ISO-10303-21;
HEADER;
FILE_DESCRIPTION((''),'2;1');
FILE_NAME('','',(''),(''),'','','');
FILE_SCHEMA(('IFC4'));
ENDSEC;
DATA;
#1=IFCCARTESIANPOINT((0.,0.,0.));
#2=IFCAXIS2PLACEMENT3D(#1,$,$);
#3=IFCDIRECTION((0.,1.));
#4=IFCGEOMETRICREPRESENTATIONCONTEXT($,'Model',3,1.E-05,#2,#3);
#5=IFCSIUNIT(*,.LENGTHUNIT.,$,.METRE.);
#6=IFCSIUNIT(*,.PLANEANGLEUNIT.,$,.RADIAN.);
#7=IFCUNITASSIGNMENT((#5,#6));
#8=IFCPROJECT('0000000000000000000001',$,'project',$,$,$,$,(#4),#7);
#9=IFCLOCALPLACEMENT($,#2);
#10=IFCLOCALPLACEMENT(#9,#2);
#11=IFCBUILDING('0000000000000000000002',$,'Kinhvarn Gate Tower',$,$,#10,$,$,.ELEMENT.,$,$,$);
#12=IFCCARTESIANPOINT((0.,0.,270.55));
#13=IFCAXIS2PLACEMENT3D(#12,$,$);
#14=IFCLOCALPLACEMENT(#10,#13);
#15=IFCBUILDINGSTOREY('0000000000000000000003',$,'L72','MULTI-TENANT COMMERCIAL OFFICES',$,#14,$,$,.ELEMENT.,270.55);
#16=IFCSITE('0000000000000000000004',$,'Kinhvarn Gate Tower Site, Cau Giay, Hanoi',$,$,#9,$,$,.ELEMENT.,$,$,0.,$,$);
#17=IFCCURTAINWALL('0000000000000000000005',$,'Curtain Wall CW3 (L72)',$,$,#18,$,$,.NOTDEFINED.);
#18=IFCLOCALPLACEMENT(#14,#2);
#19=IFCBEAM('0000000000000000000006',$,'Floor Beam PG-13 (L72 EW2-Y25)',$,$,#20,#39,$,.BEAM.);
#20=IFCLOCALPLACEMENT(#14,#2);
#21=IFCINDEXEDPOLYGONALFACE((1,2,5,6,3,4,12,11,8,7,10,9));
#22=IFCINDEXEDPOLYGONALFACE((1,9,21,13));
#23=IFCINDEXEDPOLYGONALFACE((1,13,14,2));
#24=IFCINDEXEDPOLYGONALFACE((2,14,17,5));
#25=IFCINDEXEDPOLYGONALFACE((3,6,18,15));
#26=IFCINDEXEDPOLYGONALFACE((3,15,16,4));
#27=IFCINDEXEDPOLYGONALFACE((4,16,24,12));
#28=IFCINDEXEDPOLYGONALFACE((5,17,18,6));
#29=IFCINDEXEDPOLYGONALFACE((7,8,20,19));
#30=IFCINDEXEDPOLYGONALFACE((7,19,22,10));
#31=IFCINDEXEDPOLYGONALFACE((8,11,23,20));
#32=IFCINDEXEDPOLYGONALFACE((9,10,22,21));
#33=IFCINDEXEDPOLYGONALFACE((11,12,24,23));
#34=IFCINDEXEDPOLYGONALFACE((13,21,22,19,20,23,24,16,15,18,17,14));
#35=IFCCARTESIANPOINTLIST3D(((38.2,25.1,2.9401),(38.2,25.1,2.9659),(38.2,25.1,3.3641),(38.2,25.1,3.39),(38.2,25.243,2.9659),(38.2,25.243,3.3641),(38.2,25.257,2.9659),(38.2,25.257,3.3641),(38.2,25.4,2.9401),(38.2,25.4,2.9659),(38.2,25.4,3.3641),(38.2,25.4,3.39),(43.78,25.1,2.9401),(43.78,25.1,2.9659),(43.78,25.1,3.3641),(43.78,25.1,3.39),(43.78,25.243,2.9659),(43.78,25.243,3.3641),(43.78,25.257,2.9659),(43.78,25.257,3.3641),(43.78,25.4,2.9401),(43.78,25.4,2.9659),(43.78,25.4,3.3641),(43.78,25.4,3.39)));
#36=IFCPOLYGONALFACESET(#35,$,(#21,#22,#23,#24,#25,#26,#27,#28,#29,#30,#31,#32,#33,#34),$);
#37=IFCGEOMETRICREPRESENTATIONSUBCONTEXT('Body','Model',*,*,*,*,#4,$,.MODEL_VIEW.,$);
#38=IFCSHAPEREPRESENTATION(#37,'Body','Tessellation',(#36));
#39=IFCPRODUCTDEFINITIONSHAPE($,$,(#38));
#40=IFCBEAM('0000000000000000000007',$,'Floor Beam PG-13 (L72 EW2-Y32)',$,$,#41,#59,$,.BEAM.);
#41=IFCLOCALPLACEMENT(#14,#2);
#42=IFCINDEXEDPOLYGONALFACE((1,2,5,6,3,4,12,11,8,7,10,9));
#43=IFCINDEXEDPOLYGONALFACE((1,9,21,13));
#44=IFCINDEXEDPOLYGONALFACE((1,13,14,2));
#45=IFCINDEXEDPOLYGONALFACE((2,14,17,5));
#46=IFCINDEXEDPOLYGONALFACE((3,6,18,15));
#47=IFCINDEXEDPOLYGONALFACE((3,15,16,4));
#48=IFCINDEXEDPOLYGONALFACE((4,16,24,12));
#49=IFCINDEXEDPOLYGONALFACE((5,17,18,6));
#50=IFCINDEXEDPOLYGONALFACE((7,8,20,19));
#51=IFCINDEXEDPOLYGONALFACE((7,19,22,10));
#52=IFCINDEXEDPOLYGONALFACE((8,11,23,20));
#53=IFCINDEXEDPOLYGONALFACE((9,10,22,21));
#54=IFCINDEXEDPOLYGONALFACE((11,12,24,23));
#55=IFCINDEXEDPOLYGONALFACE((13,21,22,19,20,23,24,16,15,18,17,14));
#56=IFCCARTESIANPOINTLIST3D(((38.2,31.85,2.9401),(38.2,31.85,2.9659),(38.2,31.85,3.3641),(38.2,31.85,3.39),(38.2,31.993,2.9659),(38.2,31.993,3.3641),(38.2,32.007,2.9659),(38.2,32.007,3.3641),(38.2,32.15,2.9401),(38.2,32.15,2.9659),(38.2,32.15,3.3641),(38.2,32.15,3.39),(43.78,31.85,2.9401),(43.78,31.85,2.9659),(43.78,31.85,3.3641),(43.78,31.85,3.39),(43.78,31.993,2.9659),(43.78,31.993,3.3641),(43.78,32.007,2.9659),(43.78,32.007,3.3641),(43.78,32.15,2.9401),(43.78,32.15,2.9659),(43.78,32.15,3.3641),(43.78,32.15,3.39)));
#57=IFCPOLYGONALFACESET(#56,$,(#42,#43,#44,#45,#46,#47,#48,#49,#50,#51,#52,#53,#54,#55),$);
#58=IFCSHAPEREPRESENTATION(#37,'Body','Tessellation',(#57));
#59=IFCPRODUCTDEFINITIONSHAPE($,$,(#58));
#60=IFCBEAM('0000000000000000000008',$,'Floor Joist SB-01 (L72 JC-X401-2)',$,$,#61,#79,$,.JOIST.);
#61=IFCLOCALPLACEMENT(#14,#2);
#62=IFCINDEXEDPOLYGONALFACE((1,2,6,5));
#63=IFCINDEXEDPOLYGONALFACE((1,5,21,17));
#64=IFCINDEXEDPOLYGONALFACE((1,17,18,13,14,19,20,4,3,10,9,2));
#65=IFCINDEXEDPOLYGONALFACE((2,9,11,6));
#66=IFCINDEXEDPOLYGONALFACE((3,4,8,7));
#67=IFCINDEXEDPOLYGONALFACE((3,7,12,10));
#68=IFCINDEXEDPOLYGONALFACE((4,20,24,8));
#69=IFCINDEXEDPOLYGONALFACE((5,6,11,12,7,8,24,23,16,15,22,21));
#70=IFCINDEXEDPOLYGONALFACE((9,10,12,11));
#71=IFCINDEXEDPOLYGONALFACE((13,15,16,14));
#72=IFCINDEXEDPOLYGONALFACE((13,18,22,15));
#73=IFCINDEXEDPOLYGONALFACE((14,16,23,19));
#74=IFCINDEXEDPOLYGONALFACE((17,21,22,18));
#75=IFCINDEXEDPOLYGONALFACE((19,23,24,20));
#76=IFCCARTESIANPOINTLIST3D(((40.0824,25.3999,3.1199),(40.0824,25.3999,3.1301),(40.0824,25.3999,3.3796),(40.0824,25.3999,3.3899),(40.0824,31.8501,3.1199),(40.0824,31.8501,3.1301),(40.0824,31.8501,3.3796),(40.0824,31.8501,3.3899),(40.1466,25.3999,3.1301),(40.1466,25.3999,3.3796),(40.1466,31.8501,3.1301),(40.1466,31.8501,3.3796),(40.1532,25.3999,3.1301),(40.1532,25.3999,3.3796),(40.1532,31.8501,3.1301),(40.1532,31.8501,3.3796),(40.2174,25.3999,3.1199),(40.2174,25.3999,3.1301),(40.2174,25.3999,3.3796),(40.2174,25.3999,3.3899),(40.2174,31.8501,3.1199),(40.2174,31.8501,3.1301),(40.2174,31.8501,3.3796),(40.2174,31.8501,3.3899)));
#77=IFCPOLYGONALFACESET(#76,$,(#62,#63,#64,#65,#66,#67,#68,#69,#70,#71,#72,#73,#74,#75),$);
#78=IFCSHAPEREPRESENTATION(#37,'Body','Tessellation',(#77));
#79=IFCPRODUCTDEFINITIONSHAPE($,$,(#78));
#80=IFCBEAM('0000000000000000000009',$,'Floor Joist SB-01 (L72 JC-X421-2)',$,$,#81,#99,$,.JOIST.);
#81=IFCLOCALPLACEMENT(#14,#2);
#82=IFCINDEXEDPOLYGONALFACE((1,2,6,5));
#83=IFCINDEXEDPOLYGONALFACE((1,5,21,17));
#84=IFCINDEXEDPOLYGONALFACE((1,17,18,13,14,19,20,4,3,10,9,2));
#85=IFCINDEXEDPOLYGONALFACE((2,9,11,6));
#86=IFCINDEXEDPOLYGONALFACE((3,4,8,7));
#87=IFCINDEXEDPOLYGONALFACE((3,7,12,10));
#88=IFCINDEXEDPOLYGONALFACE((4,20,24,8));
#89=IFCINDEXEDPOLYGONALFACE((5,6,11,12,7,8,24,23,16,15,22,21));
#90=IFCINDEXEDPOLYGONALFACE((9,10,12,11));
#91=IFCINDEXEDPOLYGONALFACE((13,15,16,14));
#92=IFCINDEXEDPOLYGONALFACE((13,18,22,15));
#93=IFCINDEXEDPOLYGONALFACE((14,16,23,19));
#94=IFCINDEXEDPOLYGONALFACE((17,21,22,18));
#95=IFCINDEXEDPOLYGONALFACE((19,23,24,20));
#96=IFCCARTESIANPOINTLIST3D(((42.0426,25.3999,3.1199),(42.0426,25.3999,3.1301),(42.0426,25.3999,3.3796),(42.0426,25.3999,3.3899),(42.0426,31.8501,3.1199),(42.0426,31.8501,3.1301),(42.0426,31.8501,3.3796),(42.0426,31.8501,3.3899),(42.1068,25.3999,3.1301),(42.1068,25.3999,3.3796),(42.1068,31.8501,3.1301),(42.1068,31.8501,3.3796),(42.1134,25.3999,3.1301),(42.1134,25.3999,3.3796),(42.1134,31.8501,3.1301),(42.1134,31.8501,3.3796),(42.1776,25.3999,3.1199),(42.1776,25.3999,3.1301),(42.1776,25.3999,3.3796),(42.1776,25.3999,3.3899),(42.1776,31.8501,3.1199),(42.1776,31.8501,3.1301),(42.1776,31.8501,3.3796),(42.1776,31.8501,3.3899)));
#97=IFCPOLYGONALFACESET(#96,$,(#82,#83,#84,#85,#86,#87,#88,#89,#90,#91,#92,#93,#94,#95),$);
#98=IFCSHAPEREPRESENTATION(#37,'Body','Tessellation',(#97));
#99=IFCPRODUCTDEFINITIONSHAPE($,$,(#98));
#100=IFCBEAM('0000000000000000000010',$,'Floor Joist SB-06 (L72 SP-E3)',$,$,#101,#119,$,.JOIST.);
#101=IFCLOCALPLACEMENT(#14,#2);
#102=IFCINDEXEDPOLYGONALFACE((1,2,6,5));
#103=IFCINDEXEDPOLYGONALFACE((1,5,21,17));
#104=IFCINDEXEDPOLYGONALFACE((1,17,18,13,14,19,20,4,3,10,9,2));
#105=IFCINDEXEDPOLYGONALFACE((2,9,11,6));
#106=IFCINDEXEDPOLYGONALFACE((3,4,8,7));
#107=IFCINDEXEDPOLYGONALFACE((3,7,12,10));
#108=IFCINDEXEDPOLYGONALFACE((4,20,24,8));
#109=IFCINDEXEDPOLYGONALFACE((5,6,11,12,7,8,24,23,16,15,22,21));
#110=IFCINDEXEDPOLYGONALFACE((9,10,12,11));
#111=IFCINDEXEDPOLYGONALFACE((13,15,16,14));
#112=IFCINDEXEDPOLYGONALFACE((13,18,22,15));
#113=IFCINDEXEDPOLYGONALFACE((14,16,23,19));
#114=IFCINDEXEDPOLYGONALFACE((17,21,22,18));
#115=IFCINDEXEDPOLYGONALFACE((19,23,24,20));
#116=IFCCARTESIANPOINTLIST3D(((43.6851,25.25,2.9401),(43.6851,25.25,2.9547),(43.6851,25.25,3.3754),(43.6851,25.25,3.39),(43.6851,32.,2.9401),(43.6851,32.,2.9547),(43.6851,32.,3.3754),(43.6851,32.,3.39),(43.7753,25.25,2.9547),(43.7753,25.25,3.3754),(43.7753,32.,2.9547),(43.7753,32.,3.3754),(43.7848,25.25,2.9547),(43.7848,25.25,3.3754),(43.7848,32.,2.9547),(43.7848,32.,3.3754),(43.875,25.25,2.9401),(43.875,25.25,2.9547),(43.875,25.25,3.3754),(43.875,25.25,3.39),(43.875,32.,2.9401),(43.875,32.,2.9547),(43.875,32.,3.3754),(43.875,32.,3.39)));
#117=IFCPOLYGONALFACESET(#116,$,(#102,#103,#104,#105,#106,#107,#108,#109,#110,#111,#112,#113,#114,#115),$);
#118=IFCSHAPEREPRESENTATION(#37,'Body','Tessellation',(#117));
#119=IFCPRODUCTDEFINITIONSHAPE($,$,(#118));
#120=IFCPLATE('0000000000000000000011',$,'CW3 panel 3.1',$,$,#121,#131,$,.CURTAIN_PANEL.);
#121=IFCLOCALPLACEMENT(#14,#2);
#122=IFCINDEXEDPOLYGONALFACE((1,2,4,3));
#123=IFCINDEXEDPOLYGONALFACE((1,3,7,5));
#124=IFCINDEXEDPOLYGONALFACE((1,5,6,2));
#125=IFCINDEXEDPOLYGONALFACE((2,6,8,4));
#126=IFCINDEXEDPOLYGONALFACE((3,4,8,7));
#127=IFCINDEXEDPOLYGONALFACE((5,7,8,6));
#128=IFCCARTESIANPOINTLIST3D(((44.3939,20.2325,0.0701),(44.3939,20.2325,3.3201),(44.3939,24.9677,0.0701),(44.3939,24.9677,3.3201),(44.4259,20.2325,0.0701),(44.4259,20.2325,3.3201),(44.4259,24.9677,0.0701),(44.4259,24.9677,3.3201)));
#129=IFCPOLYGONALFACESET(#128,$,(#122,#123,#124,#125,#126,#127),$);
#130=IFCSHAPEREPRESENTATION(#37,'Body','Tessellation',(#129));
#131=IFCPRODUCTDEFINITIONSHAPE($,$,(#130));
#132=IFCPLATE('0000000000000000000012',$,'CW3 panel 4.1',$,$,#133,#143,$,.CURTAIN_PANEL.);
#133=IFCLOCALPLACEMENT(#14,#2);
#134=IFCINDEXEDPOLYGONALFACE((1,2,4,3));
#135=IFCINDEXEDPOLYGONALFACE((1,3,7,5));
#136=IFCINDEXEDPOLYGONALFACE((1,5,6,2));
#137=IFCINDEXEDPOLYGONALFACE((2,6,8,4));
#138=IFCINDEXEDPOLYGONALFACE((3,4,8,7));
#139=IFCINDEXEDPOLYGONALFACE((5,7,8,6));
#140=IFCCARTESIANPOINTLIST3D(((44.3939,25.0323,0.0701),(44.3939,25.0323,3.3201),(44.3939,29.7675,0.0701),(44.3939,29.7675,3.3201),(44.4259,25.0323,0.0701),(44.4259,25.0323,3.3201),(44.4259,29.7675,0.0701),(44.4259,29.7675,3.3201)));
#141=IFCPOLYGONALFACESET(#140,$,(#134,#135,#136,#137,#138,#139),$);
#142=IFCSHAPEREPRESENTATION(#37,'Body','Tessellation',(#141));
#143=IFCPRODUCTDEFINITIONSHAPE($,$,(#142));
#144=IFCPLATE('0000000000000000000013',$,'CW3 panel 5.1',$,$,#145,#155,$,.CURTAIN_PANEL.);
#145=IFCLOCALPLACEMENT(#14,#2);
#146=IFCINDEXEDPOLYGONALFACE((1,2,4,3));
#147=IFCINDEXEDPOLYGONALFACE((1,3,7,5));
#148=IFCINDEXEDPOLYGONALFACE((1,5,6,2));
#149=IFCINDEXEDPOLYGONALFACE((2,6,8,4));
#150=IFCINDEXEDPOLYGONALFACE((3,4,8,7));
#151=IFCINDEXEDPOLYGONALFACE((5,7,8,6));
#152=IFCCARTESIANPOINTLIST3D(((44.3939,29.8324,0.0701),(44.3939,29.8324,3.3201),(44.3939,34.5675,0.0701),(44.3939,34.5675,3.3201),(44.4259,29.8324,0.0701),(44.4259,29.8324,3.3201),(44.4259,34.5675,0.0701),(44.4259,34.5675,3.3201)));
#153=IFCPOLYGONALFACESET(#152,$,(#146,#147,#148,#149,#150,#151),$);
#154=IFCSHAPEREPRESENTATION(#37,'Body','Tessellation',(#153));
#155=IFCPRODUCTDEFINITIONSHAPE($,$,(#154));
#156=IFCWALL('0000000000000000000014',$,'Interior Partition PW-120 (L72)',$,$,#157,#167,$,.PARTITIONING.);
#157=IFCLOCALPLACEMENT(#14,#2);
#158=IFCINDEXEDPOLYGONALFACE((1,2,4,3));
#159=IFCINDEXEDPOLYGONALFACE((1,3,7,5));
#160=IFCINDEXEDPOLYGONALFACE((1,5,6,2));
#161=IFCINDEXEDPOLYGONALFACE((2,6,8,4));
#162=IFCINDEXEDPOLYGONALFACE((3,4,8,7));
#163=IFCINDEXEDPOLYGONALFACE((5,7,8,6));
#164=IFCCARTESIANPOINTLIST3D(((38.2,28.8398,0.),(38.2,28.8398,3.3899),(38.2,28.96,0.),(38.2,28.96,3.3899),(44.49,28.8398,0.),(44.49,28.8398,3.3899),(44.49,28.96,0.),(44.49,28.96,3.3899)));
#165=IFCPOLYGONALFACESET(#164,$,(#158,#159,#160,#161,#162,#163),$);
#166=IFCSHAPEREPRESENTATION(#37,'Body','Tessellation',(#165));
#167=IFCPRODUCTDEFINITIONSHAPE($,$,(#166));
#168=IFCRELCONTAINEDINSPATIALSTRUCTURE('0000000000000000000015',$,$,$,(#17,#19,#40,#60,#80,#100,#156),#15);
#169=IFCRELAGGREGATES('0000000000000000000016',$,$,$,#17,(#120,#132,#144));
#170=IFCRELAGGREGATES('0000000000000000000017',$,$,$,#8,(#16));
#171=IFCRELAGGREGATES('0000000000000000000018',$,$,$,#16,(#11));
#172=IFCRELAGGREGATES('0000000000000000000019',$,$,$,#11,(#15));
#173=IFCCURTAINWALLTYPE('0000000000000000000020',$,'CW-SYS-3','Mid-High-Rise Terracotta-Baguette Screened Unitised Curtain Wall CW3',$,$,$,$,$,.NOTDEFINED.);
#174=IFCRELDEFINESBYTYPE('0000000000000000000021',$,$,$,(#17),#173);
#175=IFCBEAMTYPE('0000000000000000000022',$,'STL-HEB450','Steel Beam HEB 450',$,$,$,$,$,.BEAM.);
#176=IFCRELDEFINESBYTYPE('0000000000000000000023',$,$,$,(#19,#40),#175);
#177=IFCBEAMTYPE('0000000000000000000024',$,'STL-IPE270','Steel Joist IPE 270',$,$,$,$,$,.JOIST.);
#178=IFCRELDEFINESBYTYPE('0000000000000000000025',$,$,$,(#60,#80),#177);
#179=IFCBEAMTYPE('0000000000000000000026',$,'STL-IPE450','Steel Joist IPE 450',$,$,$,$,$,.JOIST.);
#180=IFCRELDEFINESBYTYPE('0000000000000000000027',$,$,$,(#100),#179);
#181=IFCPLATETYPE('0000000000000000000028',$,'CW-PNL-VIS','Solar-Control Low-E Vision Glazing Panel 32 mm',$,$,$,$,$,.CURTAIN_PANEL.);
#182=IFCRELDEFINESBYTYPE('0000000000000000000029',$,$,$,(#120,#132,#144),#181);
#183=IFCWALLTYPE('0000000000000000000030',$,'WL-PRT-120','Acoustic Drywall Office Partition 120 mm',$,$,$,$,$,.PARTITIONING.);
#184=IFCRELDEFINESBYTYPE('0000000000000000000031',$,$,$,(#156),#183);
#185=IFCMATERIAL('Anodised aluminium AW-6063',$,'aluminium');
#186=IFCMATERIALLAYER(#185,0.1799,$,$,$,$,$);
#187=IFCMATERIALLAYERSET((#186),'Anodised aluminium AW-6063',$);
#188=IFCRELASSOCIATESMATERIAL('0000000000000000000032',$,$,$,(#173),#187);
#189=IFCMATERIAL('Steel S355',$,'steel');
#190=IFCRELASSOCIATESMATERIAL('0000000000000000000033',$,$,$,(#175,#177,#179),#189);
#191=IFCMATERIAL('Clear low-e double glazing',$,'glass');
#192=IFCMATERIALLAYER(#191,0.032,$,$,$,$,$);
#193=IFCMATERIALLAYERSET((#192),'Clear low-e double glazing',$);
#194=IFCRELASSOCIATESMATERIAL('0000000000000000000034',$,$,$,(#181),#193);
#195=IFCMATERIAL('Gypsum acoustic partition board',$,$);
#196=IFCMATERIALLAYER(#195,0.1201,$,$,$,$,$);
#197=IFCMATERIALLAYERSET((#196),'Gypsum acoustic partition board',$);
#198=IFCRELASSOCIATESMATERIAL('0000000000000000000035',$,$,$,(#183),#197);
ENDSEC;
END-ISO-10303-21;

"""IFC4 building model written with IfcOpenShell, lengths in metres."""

from ifc_helpers import new_model, si_unit, direction, frame, frame_2d, origin, origin_2d, place, context, subcontext, project, spatial, rectangle, i_section, extrude, material, layer, layer_set, material_profile, profile_set, type_object, element, aggregate, save


model = new_model("IFC4")

# Units and contexts
model_context = context("Model", 3, precision=1e-05, world=origin(), true_north=direction((0.0, 1.0)))
body_context = subcontext(model_context, "Body", "Model", "MODEL_VIEW")
ifc_project = project(units=[si_unit("LENGTHUNIT", "METRE"), si_unit("PLANEANGLEUNIT", "RADIAN")], contexts=[model_context])

# Site, building, storey
site_placement = place(None, origin())
site = spatial("IfcSite", under=ifc_project, at=site_placement, Name="Kinhvarn Gate Tower Site, Cau Giay, Hanoi", CompositionType="ELEMENT", RefElevation=0.0)
building_placement = place(site_placement, origin())
building = spatial("IfcBuilding", under=site, at=building_placement, Name="Kinhvarn Gate Tower", CompositionType="ELEMENT")
storey_placement = place(building_placement, frame((0.0, 0.0, 270.55)))
storey = spatial("IfcBuildingStorey", under=building, at=storey_placement, Name="L72", Description="MULTI-TENANT COMMERCIAL OFFICES", CompositionType="ELEMENT", Elevation=270.55)

# Curtain wall
ifc_material_1 = material(Name="Anodised aluminium AW-6063", Category="aluminium")
ifc_layer_1 = layer(ifc_material_1, 0.1799)
ifc_layer_set_1 = layer_set([ifc_layer_1], Name="Anodised aluminium AW-6063")
curtain_wall_type = type_object("IfcCurtainWallType", Name="CW-SYS-3", Description="Mid-High-Rise Terracotta-Baguette Screened Unitised Curtain Wall CW3", PredefinedType="NOTDEFINED", material=ifc_layer_set_1)
curtain_wall_placement = place(storey_placement, origin())
curtain_wall = element("IfcCurtainWall", 1, at=curtain_wall_placement, inside=storey, type_object=curtain_wall_type, Name="Curtain Wall CW3 (L72)", PredefinedType="NOTDEFINED")

# Beams
ifc_material_2 = material(Name="Steel S355", Category="steel")
ifc_material_profile_1 = material_profile(ifc_material_2, i_section(OverallWidth=0.3, OverallDepth=0.45, WebThickness=0.0139, FlangeThickness=0.0259, at=origin_2d()), Name="HEB 450")
ifc_profile_set_1 = profile_set([ifc_material_profile_1], Name="Steel S355")
beam_type_1 = type_object("IfcBeamType", Name="STL-HEB450", Description="Steel Beam HEB 450", PredefinedType="BEAM", material=ifc_profile_set_1)
for number, where, z_axis, x_axis, name in (
    (2, (38.2, 25.25, 3.165), (1.0, 0.0, 0.0), (0.0, 1.0, 0.0), "Floor Beam PG-13 (L72 EW2-Y25)"),
    (3, (38.2, 32.0, 3.165), (1.0, 0.0, 0.0), (0.0, 1.0, 0.0), "Floor Beam PG-13 (L72 EW2-Y32)"),
):
    element("IfcBeam", number, at=place(storey_placement, frame(where, z_axis=z_axis, x_axis=x_axis)), inside=storey, type_object=beam_type_1, Name=name, PredefinedType="BEAM", context=body_context, shape_type="SweptSolid", body=[
        extrude(i_section(OverallWidth=0.3, OverallDepth=0.45, WebThickness=0.0139, FlangeThickness=0.0259, at=origin_2d()), origin(), (0.0, 0.0, 1.0), 5.5801),
    ])
ifc_material_profile_2 = material_profile(ifc_material_2, i_section(OverallWidth=0.135, OverallDepth=0.27, WebThickness=0.0066, FlangeThickness=0.0103, at=origin_2d()), Name="IPE 270")
ifc_profile_set_2 = profile_set([ifc_material_profile_2], Name="Steel S355")
beam_type_2 = type_object("IfcBeamType", Name="STL-IPE270", Description="Steel Joist IPE 270", PredefinedType="JOIST", material=ifc_profile_set_2)
for number, where, z_axis, x_axis, name in (
    (4, (40.1499, 25.3999, 3.2549), (0.0, 1.0, 0.0), (-1.0, 0.0, 0.0), "Floor Joist SB-01 (L72 JC-X401-2)"),
    (5, (42.1101, 25.3999, 3.2549), (0.0, 1.0, 0.0), (-1.0, 0.0, 0.0), "Floor Joist SB-01 (L72 JC-X421-2)"),
):
    element("IfcBeam", number, at=place(storey_placement, frame(where, z_axis=z_axis, x_axis=x_axis)), inside=storey, type_object=beam_type_2, Name=name, PredefinedType="JOIST", context=body_context, shape_type="SweptSolid", body=[
        extrude(i_section(OverallWidth=0.135, OverallDepth=0.27, WebThickness=0.0066, FlangeThickness=0.0103, at=origin_2d()), origin(), (0.0, 0.0, 1.0), 6.4502),
    ])
ifc_material_profile_3 = material_profile(ifc_material_2, i_section(OverallWidth=0.1899, OverallDepth=0.45, WebThickness=0.0095, FlangeThickness=0.0146, at=origin_2d()), Name="IPE 450")
ifc_profile_set_3 = profile_set([ifc_material_profile_3], Name="Steel S355")
beam_type_3 = type_object("IfcBeamType", Name="STL-IPE450", Description="Steel Joist IPE 450", PredefinedType="JOIST", material=ifc_profile_set_3)
beam_1_placement = place(storey_placement, frame((43.78, 25.25, 3.165), z_axis=(0.0, 1.0, 0.0), x_axis=(-1.0, 0.0, 0.0)))
element("IfcBeam", 6, at=beam_1_placement, inside=storey, type_object=beam_type_3, Name="Floor Joist SB-06 (L72 SP-E3)", PredefinedType="JOIST", context=body_context, shape_type="SweptSolid", body=[
    extrude(i_section(OverallWidth=0.1899, OverallDepth=0.45, WebThickness=0.0095, FlangeThickness=0.0146, at=origin_2d()), origin(), (0.0, 0.0, 1.0), 6.75),
])

# Plates
ifc_material_3 = material(Name="Clear low-e double glazing", Category="glass")
ifc_layer_2 = layer(ifc_material_3, 0.032)
ifc_layer_set_2 = layer_set([ifc_layer_2], Name="Clear low-e double glazing")
plate_type = type_object("IfcPlateType", Name="CW-PNL-VIS", Description="Solar-Control Low-E Vision Glazing Panel 32 mm", PredefinedType="CURTAIN_PANEL", material=ifc_layer_set_2)
plate_1_placement = place(storey_placement, frame((44.4099, 22.6001, 0.0701), z_axis=(0.0, 0.0, 1.0), x_axis=(0.0, 1.0, 0.0)))
plate_1 = element("IfcPlate", 7, at=plate_1_placement, type_object=plate_type, Name="CW3 panel 3.1", PredefinedType="CURTAIN_PANEL", context=body_context, shape_type="SweptSolid", body=[
    extrude(rectangle(XDim=4.7351, YDim=0.032, at=origin_2d()), origin(), (0.0, 0.0, 1.0), 3.25),
])
plate_2_placement = place(storey_placement, frame((44.4099, 27.3999, 0.0701), z_axis=(0.0, 0.0, 1.0), x_axis=(0.0, 1.0, 0.0)))
plate_2 = element("IfcPlate", 8, at=plate_2_placement, type_object=plate_type, Name="CW3 panel 4.1", PredefinedType="CURTAIN_PANEL", context=body_context, shape_type="SweptSolid", body=[
    extrude(rectangle(XDim=4.7351, YDim=0.032, at=origin_2d()), origin(), (0.0, 0.0, 1.0), 3.25),
])
plate_3_placement = place(storey_placement, frame((44.4099, 32.2, 0.0701), z_axis=(0.0, 0.0, 1.0), x_axis=(0.0, 1.0, 0.0)))
plate_3 = element("IfcPlate", 9, at=plate_3_placement, type_object=plate_type, Name="CW3 panel 5.1", PredefinedType="CURTAIN_PANEL", context=body_context, shape_type="SweptSolid", body=[
    extrude(rectangle(XDim=4.7351, YDim=0.032, at=origin_2d()), origin(), (0.0, 0.0, 1.0), 3.25),
])
aggregate(curtain_wall, [plate_1, plate_2, plate_3])

# Wall
ifc_material_4 = material(Name="Gypsum acoustic partition board")
ifc_layer_3 = layer(ifc_material_4, 0.1201)
ifc_layer_set_3 = layer_set([ifc_layer_3], Name="Gypsum acoustic partition board")
wall_type_1 = type_object("IfcWallType", Name="WL-PRT-120", Description="Acoustic Drywall Office Partition 120 mm", PredefinedType="PARTITIONING", material=ifc_layer_set_3)
wall_1_placement = place(storey_placement, frame((38.2, 28.8999, 0.0), z_axis=(0.0, 0.0, 1.0), x_axis=(1.0, 0.0, 0.0)))
element("IfcWall", 10, at=wall_1_placement, inside=storey, type_object=wall_type_1, Name="Interior Partition PW-120 (L72)", PredefinedType="PARTITIONING", context=body_context, shape_type="SweptSolid", body=[
    extrude(rectangle(XDim=6.29, YDim=0.1201, at=frame_2d((3.145, 0.0))), origin(), (0.0, 0.0, 1.0), 3.3899),
])

save(model, "model.ifc")
